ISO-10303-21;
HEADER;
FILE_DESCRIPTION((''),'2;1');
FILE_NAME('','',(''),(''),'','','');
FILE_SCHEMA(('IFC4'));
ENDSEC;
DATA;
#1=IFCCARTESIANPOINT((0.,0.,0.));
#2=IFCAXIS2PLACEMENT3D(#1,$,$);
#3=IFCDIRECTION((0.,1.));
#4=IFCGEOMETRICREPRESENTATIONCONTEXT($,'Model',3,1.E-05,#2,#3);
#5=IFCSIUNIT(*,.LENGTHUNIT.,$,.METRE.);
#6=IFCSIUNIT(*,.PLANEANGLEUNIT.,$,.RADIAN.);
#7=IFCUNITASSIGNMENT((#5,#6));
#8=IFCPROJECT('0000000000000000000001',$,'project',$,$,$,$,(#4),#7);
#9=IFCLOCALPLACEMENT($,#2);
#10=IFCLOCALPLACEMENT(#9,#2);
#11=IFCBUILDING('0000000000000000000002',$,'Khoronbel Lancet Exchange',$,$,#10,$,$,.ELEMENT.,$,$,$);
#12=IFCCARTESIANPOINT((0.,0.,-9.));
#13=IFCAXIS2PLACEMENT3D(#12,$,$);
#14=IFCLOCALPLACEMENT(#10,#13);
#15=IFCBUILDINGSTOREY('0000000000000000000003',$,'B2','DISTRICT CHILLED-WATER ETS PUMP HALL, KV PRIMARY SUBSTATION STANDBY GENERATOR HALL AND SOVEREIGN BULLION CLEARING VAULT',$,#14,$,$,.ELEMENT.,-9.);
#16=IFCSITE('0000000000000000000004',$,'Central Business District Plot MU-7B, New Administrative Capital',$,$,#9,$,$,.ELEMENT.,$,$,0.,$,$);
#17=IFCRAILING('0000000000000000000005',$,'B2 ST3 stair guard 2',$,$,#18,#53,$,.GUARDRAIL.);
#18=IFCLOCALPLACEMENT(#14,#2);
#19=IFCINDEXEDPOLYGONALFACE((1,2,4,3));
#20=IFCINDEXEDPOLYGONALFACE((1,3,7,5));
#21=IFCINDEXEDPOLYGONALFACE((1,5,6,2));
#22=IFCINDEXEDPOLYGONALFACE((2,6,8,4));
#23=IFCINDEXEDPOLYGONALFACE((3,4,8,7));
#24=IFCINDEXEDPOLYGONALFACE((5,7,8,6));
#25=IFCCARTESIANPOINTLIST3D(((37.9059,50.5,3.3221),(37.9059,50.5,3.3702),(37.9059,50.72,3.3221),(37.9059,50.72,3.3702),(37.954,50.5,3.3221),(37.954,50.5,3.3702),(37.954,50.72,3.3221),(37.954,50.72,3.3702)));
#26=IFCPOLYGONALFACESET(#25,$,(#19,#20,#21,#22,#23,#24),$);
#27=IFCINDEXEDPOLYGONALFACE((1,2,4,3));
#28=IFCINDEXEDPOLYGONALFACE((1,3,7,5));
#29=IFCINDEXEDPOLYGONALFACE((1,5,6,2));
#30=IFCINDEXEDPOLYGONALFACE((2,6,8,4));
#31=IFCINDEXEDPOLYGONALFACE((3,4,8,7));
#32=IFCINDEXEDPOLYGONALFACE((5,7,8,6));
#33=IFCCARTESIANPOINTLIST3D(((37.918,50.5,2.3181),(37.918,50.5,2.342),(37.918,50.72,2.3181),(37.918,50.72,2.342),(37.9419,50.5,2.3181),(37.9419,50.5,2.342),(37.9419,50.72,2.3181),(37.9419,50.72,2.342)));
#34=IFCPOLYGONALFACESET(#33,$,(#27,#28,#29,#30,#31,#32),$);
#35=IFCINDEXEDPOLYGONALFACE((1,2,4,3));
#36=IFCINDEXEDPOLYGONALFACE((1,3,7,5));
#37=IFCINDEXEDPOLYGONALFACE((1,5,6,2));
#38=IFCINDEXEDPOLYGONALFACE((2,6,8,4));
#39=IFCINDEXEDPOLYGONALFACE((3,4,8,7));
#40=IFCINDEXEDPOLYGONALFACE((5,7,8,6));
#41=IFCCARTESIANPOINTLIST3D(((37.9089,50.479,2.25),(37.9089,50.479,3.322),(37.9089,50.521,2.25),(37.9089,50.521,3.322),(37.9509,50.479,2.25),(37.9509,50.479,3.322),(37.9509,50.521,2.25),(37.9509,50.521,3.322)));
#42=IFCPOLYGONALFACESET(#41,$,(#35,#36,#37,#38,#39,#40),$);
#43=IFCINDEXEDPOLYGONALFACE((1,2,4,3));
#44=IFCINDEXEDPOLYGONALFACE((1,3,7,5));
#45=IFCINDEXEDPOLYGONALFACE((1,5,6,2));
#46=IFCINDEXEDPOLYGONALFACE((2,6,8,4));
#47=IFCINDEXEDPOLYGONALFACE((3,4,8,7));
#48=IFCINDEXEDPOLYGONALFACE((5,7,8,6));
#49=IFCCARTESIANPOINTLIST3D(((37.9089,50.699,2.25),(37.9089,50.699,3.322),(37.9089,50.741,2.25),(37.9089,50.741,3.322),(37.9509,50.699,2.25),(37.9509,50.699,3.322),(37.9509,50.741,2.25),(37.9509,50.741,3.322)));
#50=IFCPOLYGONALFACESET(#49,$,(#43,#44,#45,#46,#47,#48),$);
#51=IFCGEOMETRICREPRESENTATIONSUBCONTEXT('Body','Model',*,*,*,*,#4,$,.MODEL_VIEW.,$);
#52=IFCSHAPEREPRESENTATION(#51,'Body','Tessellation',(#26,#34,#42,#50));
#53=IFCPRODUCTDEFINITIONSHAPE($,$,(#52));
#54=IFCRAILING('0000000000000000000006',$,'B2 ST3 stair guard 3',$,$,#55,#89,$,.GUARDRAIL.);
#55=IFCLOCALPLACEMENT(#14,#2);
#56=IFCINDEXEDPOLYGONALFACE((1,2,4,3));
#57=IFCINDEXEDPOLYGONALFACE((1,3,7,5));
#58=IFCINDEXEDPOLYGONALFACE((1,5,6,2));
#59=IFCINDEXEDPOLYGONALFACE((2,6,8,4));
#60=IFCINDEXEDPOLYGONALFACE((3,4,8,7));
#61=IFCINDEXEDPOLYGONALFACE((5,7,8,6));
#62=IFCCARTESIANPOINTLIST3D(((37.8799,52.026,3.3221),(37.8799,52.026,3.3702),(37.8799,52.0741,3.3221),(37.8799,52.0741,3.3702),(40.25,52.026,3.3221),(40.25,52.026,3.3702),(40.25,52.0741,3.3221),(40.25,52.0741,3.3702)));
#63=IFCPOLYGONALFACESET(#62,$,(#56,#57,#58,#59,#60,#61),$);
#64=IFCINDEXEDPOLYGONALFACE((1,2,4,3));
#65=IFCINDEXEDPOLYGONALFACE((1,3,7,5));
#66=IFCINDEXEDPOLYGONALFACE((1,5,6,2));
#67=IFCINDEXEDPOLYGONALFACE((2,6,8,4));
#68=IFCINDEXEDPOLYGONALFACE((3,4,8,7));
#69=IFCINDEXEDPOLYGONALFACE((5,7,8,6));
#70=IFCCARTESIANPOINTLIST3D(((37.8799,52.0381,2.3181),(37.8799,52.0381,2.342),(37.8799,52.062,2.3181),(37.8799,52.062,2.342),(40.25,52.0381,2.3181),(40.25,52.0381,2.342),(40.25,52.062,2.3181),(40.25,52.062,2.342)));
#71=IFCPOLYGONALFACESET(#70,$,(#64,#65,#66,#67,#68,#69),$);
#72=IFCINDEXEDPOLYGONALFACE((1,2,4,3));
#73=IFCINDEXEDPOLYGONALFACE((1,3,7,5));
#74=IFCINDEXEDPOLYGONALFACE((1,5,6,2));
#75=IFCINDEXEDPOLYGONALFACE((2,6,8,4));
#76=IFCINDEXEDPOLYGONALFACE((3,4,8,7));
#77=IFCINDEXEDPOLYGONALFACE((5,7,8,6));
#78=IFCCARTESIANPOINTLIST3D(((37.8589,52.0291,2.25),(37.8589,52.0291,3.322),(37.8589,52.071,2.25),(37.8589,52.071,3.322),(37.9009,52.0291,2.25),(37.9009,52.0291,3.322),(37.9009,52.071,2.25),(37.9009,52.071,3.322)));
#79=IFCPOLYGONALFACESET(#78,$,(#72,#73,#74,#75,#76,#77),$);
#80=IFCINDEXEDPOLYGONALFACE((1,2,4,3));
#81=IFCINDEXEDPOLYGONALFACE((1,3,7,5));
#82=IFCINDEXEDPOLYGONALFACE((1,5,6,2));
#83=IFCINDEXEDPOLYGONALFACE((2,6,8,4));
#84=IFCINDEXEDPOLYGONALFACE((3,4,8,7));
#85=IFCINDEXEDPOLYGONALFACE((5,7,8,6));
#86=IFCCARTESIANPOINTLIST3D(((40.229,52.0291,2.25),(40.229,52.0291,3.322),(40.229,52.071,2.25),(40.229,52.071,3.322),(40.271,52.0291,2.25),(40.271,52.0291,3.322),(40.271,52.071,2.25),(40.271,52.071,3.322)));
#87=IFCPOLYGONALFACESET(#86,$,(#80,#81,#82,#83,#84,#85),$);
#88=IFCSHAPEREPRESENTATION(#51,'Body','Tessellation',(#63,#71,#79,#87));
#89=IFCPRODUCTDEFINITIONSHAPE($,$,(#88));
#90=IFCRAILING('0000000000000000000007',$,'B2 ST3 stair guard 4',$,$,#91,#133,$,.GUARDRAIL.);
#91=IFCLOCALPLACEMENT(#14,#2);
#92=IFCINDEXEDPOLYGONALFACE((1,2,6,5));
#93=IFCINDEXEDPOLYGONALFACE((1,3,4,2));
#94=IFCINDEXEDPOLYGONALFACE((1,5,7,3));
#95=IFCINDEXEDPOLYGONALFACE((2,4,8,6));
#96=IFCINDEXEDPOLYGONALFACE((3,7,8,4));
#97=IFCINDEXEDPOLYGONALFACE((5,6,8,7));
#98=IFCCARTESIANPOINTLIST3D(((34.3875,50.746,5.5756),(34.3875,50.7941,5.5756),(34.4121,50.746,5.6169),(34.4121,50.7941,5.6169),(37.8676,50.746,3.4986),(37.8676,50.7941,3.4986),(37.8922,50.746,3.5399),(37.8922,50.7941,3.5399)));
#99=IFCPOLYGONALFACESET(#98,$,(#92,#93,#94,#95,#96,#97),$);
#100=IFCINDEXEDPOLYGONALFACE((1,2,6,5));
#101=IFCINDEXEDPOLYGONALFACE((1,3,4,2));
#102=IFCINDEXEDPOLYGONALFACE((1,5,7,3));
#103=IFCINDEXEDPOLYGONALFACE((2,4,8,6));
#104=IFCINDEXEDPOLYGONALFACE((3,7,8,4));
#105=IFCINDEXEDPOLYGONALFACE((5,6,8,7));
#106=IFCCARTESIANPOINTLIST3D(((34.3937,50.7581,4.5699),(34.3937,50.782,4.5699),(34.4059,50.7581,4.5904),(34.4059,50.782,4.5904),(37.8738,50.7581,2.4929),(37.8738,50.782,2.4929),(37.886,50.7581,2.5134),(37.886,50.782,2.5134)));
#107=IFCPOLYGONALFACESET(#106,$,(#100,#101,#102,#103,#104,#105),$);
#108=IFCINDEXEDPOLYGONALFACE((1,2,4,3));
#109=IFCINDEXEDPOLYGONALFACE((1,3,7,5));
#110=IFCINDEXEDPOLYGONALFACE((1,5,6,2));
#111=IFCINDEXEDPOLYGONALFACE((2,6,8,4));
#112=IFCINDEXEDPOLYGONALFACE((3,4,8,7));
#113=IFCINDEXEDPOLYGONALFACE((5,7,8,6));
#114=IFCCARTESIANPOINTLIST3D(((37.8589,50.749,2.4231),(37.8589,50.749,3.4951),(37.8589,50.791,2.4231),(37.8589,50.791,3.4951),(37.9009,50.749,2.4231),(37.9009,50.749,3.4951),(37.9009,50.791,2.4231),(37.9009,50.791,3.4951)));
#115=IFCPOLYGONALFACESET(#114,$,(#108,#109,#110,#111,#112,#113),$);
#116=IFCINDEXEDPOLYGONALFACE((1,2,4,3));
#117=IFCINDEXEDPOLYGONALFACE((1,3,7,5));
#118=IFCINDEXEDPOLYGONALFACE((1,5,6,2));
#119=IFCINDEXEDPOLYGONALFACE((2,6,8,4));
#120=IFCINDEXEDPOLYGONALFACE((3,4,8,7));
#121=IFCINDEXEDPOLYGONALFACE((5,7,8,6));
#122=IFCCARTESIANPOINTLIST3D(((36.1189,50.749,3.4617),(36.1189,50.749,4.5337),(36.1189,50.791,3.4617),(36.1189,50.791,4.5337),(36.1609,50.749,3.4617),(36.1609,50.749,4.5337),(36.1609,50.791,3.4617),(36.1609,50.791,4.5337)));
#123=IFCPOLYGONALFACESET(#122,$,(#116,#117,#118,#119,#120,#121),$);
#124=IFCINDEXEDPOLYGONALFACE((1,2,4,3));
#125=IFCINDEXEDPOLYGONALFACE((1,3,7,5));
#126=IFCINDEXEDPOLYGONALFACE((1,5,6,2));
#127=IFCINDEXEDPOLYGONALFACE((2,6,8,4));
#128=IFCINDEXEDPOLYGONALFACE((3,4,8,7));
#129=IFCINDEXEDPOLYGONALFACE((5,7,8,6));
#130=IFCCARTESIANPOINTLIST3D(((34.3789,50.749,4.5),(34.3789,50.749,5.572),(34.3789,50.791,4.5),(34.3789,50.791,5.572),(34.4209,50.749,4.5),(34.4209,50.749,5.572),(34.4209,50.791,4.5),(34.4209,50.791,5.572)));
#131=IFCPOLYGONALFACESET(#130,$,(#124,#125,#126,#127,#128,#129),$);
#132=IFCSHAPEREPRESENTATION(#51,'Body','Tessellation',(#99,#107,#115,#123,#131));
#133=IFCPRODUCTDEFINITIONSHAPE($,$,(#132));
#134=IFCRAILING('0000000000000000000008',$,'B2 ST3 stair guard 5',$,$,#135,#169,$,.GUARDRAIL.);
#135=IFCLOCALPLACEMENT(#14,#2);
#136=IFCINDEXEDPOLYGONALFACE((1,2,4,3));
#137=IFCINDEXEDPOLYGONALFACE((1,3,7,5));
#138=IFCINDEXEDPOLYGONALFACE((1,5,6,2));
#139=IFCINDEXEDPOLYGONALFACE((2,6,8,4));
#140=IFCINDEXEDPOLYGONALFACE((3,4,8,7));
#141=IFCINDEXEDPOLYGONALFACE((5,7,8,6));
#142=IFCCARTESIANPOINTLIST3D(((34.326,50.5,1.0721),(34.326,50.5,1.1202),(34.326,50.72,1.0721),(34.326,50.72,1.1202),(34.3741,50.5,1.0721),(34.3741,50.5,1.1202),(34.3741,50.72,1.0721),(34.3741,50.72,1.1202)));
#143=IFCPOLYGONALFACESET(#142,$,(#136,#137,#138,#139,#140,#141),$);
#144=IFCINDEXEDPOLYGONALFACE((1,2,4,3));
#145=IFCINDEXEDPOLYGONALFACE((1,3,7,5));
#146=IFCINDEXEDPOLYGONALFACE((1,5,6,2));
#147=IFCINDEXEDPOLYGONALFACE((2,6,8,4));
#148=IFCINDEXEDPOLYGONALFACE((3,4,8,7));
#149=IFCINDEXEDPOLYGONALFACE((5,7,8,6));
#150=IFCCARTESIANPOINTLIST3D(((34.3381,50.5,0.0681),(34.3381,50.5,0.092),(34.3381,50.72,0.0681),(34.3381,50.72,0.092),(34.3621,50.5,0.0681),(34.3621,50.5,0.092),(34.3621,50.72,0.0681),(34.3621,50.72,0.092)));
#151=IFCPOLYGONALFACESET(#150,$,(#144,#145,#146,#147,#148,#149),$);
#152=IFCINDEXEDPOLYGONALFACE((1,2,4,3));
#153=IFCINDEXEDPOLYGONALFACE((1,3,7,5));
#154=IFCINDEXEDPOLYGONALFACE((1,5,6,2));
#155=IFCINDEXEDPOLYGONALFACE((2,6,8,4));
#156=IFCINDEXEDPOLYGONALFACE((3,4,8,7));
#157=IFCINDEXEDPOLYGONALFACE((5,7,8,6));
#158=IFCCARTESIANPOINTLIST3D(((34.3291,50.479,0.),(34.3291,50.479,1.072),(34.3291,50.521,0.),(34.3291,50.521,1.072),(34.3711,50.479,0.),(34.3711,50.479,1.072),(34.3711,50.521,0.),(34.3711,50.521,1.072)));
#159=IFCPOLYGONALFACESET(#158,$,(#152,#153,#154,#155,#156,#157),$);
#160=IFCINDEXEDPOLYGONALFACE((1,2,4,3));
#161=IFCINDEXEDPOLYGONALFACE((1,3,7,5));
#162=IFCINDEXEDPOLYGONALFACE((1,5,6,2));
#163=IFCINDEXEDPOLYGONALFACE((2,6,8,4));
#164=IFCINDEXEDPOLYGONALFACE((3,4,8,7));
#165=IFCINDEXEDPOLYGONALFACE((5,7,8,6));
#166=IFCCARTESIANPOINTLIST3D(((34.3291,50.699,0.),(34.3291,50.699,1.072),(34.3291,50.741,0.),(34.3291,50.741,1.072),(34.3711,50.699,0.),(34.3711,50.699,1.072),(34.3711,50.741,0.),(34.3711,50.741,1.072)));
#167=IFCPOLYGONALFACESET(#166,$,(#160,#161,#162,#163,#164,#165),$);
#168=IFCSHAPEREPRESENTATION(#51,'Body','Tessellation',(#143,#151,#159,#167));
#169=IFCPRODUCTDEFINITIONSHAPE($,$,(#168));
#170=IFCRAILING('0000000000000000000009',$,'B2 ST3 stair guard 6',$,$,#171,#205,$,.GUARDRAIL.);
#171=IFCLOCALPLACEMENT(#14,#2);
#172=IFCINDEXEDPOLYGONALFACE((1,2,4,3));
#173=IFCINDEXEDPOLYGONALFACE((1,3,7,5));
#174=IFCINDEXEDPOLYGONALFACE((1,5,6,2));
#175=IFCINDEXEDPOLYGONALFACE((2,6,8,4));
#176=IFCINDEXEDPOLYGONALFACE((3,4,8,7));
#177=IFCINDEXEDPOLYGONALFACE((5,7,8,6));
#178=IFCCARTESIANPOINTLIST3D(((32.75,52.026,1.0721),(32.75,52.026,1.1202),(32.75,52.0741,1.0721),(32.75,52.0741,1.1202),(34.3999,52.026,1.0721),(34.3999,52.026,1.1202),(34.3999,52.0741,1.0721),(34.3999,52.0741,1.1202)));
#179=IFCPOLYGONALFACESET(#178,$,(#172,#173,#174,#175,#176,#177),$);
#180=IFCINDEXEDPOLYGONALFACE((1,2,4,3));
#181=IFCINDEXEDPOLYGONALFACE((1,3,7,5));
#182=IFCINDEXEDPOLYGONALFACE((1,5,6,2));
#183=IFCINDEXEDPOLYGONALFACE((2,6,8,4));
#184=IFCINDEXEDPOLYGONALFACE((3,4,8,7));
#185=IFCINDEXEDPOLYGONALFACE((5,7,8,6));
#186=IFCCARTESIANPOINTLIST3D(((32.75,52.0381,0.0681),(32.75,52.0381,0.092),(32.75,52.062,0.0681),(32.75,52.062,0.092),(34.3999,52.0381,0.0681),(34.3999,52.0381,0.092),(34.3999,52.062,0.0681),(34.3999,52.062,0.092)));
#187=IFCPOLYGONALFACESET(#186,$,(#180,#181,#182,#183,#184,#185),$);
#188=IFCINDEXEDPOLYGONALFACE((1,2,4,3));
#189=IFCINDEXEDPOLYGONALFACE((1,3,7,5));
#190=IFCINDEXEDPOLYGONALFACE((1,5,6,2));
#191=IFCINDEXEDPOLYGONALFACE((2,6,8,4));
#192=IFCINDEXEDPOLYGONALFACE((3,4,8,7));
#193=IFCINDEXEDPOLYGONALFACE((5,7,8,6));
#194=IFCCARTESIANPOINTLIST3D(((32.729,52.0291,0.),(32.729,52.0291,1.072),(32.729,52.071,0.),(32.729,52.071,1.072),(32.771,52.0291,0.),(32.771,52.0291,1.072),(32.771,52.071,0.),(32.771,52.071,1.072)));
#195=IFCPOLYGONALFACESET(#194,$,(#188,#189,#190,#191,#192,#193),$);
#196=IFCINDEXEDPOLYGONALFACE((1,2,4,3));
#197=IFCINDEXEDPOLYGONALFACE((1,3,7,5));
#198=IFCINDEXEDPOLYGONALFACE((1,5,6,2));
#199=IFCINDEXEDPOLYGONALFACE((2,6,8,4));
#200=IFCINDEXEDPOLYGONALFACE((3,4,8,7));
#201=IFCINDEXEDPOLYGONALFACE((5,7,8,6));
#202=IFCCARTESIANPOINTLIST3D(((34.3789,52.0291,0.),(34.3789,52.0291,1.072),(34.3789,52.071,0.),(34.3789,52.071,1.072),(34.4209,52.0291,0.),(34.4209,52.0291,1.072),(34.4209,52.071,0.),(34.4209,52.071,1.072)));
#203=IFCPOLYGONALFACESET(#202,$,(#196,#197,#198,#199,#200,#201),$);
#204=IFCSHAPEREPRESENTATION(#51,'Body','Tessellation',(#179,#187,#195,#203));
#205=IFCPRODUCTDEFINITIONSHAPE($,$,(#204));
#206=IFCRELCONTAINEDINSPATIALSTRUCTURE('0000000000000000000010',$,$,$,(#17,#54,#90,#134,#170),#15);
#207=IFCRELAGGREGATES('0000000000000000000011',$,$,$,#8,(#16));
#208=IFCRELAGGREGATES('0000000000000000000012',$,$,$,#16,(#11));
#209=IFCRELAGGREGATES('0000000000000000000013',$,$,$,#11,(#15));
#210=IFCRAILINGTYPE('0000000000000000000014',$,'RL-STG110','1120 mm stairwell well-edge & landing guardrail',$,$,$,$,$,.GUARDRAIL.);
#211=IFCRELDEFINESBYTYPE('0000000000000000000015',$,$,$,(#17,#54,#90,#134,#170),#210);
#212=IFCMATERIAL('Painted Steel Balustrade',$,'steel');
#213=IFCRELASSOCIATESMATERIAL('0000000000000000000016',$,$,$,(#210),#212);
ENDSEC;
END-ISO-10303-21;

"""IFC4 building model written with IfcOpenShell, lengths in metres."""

from ifc_helpers import new_model, si_unit, direction, frame, origin, origin_2d, place, context, subcontext, project, spatial, rectangle, extrude, material, type_object, element, save


model = new_model("IFC4")

# Units and contexts
model_context = context("Model", 3, precision=1e-05, world=origin(), true_north=direction((0.0, 1.0)))
body_context = subcontext(model_context, "Body", "Model", "MODEL_VIEW")
ifc_project = project(units=[si_unit("LENGTHUNIT", "METRE"), si_unit("PLANEANGLEUNIT", "RADIAN")], contexts=[model_context])

# Site, building, storey
site_placement = place(None, origin())
site = spatial("IfcSite", under=ifc_project, at=site_placement, Name="Central Business District Plot MU-7B, New Administrative Capital", CompositionType="ELEMENT", RefElevation=0.0)
building_placement = place(site_placement, origin())
building = spatial("IfcBuilding", under=site, at=building_placement, Name="Khoronbel Lancet Exchange", CompositionType="ELEMENT")
storey_placement = place(building_placement, frame((0.0, 0.0, -9.0)))
storey = spatial("IfcBuildingStorey", under=building, at=storey_placement, Name="B2", Description="DISTRICT CHILLED-WATER ETS PUMP HALL, KV PRIMARY SUBSTATION STANDBY GENERATOR HALL AND SOVEREIGN BULLION CLEARING VAULT", CompositionType="ELEMENT", Elevation=-9.0)

# Railings
ifc_material_1 = material(Name="Painted Steel Balustrade", Category="steel")
railing_type_1 = type_object("IfcRailingType", Name="RL-STG110", Description="1120 mm stairwell well-edge & landing guardrail", PredefinedType="GUARDRAIL", material=ifc_material_1)
railing_1_placement = place(storey_placement, frame((37.9299, 50.5, 2.25)))
element("IfcRailing", 1, at=railing_1_placement, inside=storey, type_object=railing_type_1, Name="B2 ST3 stair guard 2", PredefinedType="GUARDRAIL", context=body_context, shape_type="SweptSolid", body=[
    extrude(rectangle(XDim=0.0481, YDim=0.0481, at=origin_2d()), frame((0.0, 0.0, 1.0962), z_axis=(0.0, 1.0, 0.0), x_axis=(-1.0, 0.0, 0.0)), (0.0, 0.0, 1.0), 0.22),
    extrude(rectangle(XDim=0.0239, YDim=0.0239, at=origin_2d()), frame((0.0, 0.0, 0.0801), z_axis=(0.0, 1.0, 0.0), x_axis=(-1.0, 0.0, 0.0)), (0.0, 0.0, 1.0), 0.22),
    extrude(rectangle(XDim=0.042, YDim=0.042, at=origin_2d()), origin(), (0.0, 0.0, 1.0), 1.072),
    extrude(rectangle(XDim=0.042, YDim=0.042, at=origin_2d()), frame((0.0, 0.22, 0.0)), (0.0, 0.0, 1.0), 1.072),
])
railing_2_placement = place(storey_placement, frame((37.8799, 52.05, 2.25)))
element("IfcRailing", 2, at=railing_2_placement, inside=storey, type_object=railing_type_1, Name="B2 ST3 stair guard 3", PredefinedType="GUARDRAIL", context=body_context, shape_type="SweptSolid", body=[
    extrude(rectangle(XDim=0.0481, YDim=0.0481, at=origin_2d()), frame((0.0, 0.0, 1.0962), z_axis=(1.0, 0.0, 0.0), x_axis=(0.0, 1.0, 0.0)), (0.0, 0.0, 1.0), 2.3701),
    extrude(rectangle(XDim=0.0239, YDim=0.0239, at=origin_2d()), frame((0.0, 0.0, 0.0801), z_axis=(1.0, 0.0, 0.0), x_axis=(0.0, 1.0, 0.0)), (0.0, 0.0, 1.0), 2.3701),
    extrude(rectangle(XDim=0.042, YDim=0.042, at=origin_2d()), origin(), (0.0, 0.0, 1.0), 1.072),
    extrude(rectangle(XDim=0.042, YDim=0.042, at=origin_2d()), frame((2.3701, 0.0, 0.0)), (0.0, 0.0, 1.0), 1.072),
])
railing_3_placement = place(storey_placement, frame((37.8799, 50.77, 2.4231)))
element("IfcRailing", 3, at=railing_3_placement, inside=storey, type_object=railing_type_1, Name="B2 ST3 stair guard 4", PredefinedType="GUARDRAIL", context=body_context, shape_type="SweptSolid", body=[
    extrude(rectangle(XDim=0.0481, YDim=0.0481, at=origin_2d()), frame((0.0, 0.0, 1.0962), z_axis=(-0.858697, 0.0, 0.512483), x_axis=(0.0, -1.0, 0.0)), (0.0, 0.0, 1.0), 4.0527),
    extrude(rectangle(XDim=0.0239, YDim=0.0239, at=origin_2d()), frame((0.0, 0.0, 0.0801), z_axis=(-0.858697, 0.0, 0.512483), x_axis=(0.0, -1.0, 0.0)), (0.0, 0.0, 1.0), 4.0527),
    extrude(rectangle(XDim=0.042, YDim=0.042, at=origin_2d()), origin(), (0.0, 0.0, 1.0), 1.072),
    extrude(rectangle(XDim=0.042, YDim=0.042, at=origin_2d()), frame((-1.74, 0.0, 1.0386)), (0.0, 0.0, 1.0), 1.072),
    extrude(rectangle(XDim=0.042, YDim=0.042, at=origin_2d()), frame((-3.48, 0.0, 2.0769)), (0.0, 0.0, 1.0), 1.072),
])
railing_4_placement = place(storey_placement, frame((34.3501, 50.5, 0.0)))
element("IfcRailing", 4, at=railing_4_placement, inside=storey, type_object=railing_type_1, Name="B2 ST3 stair guard 5", PredefinedType="GUARDRAIL", context=body_context, shape_type="SweptSolid", body=[
    extrude(rectangle(XDim=0.0481, YDim=0.0481, at=origin_2d()), frame((0.0, 0.0, 1.0962), z_axis=(0.0, 1.0, 0.0), x_axis=(-1.0, 0.0, 0.0)), (0.0, 0.0, 1.0), 0.22),
    extrude(rectangle(XDim=0.0239, YDim=0.0239, at=origin_2d()), frame((0.0, 0.0, 0.0801), z_axis=(0.0, 1.0, 0.0), x_axis=(-1.0, 0.0, 0.0)), (0.0, 0.0, 1.0), 0.22),
    extrude(rectangle(XDim=0.042, YDim=0.042, at=origin_2d()), origin(), (0.0, 0.0, 1.0), 1.072),
    extrude(rectangle(XDim=0.042, YDim=0.042, at=origin_2d()), frame((0.0, 0.22, 0.0)), (0.0, 0.0, 1.0), 1.072),
])
railing_5_placement = place(storey_placement, frame((32.75, 52.05, 0.0)))
element("IfcRailing", 5, at=railing_5_placement, inside=storey, type_object=railing_type_1, Name="B2 ST3 stair guard 6", PredefinedType="GUARDRAIL", context=body_context, shape_type="SweptSolid", body=[
    extrude(rectangle(XDim=0.0481, YDim=0.0481, at=origin_2d()), frame((0.0, 0.0, 1.0962), z_axis=(1.0, 0.0, 0.0), x_axis=(0.0, 1.0, 0.0)), (0.0, 0.0, 1.0), 1.6499),
    extrude(rectangle(XDim=0.0239, YDim=0.0239, at=origin_2d()), frame((0.0, 0.0, 0.0801), z_axis=(1.0, 0.0, 0.0), x_axis=(0.0, 1.0, 0.0)), (0.0, 0.0, 1.0), 1.6499),
    extrude(rectangle(XDim=0.042, YDim=0.042, at=origin_2d()), origin(), (0.0, 0.0, 1.0), 1.072),
    extrude(rectangle(XDim=0.042, YDim=0.042, at=origin_2d()), frame((1.6499, 0.0, 0.0)), (0.0, 0.0, 1.0), 1.072),
])

save(model, "model.ifc")
